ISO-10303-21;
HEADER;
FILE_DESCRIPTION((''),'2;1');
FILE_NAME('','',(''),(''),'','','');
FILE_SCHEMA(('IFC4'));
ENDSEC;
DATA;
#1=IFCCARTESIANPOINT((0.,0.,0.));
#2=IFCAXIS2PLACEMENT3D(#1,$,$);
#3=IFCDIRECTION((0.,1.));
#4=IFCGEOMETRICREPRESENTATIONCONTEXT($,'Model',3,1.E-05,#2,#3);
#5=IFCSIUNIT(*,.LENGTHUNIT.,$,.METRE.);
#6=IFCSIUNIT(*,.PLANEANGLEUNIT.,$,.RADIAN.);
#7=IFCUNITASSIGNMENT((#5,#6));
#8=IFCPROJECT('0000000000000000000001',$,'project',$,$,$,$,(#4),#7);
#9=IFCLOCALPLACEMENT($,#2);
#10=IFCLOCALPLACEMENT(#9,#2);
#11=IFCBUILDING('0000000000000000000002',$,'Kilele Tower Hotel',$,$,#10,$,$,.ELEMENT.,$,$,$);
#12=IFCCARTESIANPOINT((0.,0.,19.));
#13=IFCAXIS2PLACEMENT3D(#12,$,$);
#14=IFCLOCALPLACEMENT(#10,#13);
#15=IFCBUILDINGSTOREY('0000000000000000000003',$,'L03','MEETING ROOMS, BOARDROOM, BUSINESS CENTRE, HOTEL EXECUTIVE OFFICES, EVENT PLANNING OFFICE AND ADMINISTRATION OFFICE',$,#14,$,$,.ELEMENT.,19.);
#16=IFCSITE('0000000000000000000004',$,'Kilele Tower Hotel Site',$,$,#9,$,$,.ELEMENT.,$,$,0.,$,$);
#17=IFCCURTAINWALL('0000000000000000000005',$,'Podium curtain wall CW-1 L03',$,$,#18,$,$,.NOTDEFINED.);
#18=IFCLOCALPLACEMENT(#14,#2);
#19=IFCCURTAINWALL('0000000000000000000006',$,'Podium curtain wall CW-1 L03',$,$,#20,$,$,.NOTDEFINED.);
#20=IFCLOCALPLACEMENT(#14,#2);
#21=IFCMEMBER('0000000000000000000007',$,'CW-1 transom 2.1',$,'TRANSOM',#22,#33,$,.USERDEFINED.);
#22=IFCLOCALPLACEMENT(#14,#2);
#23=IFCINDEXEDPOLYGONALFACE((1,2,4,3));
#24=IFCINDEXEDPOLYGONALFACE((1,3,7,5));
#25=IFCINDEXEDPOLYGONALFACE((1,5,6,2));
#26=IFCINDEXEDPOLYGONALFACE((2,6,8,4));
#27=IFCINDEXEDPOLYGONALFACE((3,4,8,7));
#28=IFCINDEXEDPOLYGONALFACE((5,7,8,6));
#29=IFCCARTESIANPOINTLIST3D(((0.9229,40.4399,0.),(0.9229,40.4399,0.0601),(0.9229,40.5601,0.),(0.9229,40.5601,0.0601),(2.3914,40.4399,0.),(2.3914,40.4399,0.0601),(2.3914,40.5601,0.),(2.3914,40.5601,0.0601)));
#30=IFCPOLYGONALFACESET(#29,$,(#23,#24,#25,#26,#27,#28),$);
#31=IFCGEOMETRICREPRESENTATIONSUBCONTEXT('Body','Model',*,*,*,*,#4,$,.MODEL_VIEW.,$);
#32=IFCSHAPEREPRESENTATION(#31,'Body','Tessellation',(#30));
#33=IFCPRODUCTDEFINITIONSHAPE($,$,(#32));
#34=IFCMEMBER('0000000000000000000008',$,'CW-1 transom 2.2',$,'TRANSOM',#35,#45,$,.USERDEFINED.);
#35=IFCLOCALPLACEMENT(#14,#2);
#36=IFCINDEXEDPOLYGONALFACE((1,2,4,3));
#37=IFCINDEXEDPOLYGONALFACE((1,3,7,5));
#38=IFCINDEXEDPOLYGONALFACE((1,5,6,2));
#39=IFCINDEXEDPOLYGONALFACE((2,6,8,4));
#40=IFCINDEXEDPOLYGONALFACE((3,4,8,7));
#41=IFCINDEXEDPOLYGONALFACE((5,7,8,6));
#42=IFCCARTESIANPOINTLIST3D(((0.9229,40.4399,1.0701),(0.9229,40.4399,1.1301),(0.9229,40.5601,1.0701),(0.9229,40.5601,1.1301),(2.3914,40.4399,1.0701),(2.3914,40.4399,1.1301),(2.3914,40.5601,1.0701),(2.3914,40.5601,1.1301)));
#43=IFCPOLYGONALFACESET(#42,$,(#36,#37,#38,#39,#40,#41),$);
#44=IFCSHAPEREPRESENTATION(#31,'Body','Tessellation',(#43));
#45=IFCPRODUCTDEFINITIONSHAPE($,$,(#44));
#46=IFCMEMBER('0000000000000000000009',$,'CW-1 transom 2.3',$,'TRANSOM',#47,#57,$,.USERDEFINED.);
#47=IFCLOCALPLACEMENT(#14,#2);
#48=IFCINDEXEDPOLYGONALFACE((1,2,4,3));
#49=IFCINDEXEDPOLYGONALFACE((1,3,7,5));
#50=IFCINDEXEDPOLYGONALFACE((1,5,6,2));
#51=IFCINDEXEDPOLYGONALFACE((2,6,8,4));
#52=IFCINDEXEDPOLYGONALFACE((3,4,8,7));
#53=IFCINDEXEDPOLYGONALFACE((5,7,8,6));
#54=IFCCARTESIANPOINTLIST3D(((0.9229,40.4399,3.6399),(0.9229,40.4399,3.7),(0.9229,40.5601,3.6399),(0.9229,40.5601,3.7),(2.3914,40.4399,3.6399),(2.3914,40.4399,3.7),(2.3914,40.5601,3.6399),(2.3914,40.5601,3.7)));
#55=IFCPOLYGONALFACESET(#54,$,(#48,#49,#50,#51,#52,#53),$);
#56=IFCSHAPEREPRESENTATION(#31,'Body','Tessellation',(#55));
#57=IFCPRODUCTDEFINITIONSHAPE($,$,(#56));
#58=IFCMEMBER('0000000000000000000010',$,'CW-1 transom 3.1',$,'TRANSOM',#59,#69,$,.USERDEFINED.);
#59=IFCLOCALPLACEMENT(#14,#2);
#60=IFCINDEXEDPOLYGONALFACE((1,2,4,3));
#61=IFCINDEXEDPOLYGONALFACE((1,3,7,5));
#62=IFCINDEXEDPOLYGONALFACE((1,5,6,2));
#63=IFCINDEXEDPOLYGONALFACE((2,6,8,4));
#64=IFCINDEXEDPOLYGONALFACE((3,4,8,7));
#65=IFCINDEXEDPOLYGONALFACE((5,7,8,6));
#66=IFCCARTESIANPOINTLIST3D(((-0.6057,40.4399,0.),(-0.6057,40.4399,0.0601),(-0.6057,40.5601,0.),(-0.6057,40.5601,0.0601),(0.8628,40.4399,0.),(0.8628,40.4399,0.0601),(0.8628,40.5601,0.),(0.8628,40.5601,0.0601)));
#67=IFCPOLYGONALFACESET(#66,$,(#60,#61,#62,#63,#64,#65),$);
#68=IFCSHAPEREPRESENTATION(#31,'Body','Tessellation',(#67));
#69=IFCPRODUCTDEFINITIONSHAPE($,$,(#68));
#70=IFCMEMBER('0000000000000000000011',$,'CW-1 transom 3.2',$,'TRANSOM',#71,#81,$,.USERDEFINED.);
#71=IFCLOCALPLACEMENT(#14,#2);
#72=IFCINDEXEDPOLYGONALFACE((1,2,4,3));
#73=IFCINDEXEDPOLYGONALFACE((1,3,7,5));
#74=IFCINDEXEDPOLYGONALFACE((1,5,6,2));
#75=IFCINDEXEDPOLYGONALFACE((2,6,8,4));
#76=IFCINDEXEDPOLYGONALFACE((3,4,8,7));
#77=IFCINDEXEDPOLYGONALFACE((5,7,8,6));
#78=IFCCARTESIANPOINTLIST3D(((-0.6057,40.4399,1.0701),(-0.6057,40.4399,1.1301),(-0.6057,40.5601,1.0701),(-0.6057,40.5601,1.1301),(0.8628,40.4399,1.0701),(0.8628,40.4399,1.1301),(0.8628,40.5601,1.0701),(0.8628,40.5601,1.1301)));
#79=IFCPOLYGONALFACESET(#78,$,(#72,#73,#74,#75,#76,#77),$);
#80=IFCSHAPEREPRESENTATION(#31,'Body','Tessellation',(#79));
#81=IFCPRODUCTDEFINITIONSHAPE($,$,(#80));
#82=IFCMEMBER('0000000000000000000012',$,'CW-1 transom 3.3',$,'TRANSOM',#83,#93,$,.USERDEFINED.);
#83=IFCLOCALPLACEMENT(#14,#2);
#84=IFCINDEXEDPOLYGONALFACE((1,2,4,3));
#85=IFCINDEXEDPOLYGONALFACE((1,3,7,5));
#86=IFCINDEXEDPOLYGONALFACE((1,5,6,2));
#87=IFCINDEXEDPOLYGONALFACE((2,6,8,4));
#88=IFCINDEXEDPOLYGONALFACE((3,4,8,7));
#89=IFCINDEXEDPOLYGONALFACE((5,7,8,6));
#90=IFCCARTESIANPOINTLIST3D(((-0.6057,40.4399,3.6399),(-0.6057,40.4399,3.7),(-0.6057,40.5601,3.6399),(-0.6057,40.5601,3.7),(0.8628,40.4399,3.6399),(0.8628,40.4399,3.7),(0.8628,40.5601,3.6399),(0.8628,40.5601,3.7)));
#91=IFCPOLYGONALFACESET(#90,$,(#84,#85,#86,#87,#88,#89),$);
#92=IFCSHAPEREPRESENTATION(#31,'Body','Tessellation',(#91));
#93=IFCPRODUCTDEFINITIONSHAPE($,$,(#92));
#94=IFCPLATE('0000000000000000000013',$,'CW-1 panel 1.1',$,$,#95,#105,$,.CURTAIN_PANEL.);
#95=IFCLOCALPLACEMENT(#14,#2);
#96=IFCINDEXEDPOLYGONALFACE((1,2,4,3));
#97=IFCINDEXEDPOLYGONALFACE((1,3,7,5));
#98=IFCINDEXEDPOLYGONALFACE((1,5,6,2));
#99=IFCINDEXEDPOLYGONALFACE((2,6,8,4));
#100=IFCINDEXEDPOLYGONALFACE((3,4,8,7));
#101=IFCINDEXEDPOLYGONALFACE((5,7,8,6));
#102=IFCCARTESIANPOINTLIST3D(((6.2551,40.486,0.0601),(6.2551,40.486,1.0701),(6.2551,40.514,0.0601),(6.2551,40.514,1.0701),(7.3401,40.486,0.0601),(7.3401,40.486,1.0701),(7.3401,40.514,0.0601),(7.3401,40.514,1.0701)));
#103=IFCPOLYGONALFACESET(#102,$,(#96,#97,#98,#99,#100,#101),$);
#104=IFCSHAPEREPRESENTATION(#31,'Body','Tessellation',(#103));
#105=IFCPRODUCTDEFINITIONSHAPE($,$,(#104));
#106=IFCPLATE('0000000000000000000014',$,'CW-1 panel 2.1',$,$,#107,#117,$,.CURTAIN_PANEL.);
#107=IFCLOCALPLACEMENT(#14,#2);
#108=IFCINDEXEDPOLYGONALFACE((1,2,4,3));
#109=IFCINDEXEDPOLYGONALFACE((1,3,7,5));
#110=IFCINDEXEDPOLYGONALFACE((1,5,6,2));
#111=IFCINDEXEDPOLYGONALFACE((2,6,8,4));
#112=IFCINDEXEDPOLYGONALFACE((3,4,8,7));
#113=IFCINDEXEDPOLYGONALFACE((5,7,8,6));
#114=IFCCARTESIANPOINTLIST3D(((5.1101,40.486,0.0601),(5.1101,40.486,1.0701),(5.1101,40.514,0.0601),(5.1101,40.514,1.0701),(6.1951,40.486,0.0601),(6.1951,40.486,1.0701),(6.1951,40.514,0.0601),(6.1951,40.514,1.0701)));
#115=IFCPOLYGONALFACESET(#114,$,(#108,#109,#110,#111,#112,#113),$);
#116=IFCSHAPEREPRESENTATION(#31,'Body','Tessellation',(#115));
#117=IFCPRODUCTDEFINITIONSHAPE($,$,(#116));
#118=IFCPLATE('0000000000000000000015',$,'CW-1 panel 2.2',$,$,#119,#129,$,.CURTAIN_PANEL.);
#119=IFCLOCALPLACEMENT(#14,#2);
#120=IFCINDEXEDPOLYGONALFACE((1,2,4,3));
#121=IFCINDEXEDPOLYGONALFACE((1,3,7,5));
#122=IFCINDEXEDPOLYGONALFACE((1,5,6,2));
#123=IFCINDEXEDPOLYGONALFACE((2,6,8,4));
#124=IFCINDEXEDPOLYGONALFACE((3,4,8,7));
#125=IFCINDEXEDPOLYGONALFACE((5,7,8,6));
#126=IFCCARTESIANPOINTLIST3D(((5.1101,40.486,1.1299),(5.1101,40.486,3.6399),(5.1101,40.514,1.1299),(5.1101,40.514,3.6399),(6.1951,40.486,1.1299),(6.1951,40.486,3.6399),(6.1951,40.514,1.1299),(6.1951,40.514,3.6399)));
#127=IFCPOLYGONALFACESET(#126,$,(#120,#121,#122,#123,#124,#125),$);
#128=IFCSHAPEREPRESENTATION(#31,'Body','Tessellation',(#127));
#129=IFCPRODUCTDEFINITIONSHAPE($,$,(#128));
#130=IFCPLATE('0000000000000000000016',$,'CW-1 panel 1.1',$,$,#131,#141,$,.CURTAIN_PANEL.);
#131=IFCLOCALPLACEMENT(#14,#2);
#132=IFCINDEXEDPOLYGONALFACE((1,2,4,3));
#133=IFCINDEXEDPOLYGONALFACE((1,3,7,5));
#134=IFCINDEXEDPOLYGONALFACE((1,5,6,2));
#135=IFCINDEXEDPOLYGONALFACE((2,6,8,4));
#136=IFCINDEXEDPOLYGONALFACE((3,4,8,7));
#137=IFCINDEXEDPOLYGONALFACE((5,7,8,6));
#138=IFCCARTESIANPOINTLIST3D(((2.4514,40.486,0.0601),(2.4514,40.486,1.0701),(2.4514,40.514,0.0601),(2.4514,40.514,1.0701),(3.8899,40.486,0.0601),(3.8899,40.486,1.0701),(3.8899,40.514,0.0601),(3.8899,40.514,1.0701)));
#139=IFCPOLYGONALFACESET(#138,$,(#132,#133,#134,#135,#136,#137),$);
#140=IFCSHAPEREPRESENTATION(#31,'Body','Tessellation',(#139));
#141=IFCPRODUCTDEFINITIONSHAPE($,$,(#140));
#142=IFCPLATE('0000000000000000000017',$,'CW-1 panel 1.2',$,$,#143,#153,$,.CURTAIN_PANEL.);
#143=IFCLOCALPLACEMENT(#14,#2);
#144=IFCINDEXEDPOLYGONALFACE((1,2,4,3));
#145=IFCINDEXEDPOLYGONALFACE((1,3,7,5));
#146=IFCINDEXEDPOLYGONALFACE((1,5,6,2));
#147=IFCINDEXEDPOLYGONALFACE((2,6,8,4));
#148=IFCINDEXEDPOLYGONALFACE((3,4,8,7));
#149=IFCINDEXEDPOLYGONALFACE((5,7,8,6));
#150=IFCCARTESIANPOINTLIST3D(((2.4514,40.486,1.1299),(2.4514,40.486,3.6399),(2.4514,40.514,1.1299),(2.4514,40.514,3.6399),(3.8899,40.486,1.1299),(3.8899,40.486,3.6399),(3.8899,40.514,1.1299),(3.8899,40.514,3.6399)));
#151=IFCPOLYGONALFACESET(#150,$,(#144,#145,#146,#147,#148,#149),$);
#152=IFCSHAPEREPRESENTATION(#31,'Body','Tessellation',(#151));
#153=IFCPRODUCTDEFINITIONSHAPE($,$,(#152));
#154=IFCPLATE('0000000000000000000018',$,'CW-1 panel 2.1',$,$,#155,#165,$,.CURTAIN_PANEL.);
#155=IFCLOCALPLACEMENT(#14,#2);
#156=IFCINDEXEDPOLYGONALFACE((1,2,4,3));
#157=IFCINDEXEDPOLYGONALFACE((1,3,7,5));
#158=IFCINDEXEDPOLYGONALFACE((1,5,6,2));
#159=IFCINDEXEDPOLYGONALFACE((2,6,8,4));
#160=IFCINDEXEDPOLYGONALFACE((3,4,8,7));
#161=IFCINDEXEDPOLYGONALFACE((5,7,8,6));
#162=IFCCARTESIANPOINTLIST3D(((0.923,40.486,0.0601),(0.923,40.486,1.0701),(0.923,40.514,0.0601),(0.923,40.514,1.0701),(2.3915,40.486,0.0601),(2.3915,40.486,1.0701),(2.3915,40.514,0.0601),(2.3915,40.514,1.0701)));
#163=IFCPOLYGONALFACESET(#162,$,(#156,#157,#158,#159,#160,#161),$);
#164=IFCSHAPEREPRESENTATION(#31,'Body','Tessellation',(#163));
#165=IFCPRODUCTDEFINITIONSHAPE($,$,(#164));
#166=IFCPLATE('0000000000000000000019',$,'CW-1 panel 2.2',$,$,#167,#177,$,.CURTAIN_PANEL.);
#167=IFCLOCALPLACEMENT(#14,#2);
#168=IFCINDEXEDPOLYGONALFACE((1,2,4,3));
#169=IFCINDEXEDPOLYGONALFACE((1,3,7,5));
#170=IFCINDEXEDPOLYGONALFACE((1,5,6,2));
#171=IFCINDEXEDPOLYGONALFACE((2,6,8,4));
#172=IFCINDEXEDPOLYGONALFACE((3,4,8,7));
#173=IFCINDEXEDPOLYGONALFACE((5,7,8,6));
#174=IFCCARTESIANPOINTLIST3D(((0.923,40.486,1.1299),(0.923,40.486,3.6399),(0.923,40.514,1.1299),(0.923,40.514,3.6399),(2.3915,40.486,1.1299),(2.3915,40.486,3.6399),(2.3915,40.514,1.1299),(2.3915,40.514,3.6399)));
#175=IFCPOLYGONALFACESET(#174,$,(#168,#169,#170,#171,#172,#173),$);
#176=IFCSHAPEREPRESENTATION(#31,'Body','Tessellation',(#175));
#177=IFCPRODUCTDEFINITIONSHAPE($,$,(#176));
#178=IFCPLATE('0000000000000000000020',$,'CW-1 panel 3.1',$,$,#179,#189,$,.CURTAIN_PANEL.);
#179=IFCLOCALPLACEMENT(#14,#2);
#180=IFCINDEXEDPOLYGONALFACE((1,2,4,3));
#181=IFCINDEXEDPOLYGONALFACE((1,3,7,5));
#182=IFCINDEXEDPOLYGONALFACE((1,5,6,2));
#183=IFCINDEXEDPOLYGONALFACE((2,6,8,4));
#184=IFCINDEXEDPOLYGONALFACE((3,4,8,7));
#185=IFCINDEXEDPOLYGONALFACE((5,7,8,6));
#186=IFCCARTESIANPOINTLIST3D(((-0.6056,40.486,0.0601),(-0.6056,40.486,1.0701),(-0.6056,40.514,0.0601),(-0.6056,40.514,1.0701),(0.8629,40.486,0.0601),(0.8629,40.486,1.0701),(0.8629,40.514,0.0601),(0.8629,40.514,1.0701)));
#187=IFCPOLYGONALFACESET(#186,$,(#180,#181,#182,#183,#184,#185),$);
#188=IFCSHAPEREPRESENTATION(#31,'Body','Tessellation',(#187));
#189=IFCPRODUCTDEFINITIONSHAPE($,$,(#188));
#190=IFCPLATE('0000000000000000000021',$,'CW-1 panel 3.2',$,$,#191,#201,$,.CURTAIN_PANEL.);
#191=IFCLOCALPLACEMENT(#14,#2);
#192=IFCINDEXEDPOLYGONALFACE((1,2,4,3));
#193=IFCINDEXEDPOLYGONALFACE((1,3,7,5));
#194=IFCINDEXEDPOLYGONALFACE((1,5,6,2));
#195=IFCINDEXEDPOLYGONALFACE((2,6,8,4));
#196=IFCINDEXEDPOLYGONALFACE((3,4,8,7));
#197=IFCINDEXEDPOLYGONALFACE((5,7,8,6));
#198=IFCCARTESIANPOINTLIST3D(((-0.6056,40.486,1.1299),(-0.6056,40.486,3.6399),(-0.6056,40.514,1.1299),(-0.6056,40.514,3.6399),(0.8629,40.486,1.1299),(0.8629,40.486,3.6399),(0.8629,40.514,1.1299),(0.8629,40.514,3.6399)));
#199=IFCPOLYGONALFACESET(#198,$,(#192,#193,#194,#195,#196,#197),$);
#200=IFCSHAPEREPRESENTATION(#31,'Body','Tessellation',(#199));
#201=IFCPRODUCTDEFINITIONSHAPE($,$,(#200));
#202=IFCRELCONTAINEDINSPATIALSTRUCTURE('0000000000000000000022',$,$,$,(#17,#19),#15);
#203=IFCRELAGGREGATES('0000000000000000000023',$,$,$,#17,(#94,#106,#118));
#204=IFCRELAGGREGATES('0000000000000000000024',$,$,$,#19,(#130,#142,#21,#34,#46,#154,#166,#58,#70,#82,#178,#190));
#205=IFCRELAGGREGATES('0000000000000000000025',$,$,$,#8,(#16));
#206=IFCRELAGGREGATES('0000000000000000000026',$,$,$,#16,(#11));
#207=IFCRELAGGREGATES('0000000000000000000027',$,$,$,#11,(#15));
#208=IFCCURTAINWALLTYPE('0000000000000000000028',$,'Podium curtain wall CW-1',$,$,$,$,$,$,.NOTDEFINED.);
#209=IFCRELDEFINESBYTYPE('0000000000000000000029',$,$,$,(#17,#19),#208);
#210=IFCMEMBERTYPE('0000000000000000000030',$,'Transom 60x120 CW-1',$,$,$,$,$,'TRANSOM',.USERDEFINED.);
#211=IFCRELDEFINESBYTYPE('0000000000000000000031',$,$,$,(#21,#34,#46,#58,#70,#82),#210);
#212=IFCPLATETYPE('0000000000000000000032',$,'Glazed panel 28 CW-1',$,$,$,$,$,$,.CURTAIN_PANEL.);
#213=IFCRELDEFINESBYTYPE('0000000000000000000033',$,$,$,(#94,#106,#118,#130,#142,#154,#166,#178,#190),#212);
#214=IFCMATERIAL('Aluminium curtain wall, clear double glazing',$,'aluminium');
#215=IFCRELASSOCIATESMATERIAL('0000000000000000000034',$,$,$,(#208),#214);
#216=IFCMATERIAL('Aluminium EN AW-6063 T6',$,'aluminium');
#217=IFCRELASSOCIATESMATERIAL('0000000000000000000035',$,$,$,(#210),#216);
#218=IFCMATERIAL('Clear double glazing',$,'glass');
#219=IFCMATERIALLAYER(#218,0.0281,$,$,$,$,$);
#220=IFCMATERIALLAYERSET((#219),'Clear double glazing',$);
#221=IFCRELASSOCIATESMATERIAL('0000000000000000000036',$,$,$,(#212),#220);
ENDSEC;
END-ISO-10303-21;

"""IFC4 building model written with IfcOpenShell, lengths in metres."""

from ifc_helpers import new_model, si_unit, direction, frame, origin, origin_2d, place, context, subcontext, project, spatial, rectangle, extrude, material, layer, layer_set, material_profile, profile_set, type_object, element, aggregate, save


model = new_model("IFC4")

# Units and contexts
model_context = context("Model", 3, precision=1e-05, world=origin(), true_north=direction((0.0, 1.0)))
body_context = subcontext(model_context, "Body", "Model", "MODEL_VIEW")
ifc_project = project(units=[si_unit("LENGTHUNIT", "METRE"), si_unit("PLANEANGLEUNIT", "RADIAN")], contexts=[model_context])

# Site, building, storey
site_placement = place(None, origin())
site = spatial("IfcSite", under=ifc_project, at=site_placement, Name="Kilele Tower Hotel Site", CompositionType="ELEMENT", RefElevation=0.0)
building_placement = place(site_placement, origin())
building = spatial("IfcBuilding", under=site, at=building_placement, Name="Kilele Tower Hotel", CompositionType="ELEMENT")
storey_placement = place(building_placement, frame((0.0, 0.0, 19.0)))
storey = spatial("IfcBuildingStorey", under=building, at=storey_placement, Name="L03", Description="MEETING ROOMS, BOARDROOM, BUSINESS CENTRE, HOTEL EXECUTIVE OFFICES, EVENT PLANNING OFFICE AND ADMINISTRATION OFFICE", CompositionType="ELEMENT", Elevation=19.0)

# Curtain walls
ifc_material_1 = material(Name="Aluminium curtain wall, clear double glazing", Category="aluminium")
curtain_wall_type = type_object("IfcCurtainWallType", Name="Podium curtain wall CW-1", PredefinedType="NOTDEFINED", material=ifc_material_1)
curtain_wall_1_placement = place(storey_placement, origin())
curtain_wall_1 = element("IfcCurtainWall", 1, at=curtain_wall_1_placement, inside=storey, type_object=curtain_wall_type, Name="Podium curtain wall CW-1 L03", PredefinedType="NOTDEFINED")
curtain_wall_2_placement = place(storey_placement, origin())
curtain_wall_2 = element("IfcCurtainWall", 2, at=curtain_wall_2_placement, inside=storey, type_object=curtain_wall_type, Name="Podium curtain wall CW-1 L03", PredefinedType="NOTDEFINED")

# Members
ifc_material_2 = material(Name="Aluminium EN AW-6063 T6", Category="aluminium")
ifc_material_profile_1 = material_profile(ifc_material_2, rectangle(XDim=0.1201, YDim=0.0601, at=origin_2d()))
ifc_profile_set_1 = profile_set([ifc_material_profile_1], Name="Aluminium EN AW-6063 T6")
member_type_1 = type_object("IfcMemberType", Name="Transom 60x120 CW-1", ElementType="TRANSOM", PredefinedType="USERDEFINED", material=ifc_profile_set_1)
member_1_placement = place(storey_placement, frame((2.3914, 40.5, 0.03), z_axis=(-1.0, 0.0, 0.0), x_axis=(0.0, -1.0, 0.0)))
member_1 = element("IfcMember", 3, at=member_1_placement, type_object=member_type_1, Name="CW-1 transom 2.1", ObjectType="TRANSOM", PredefinedType="USERDEFINED", context=body_context, shape_type="SweptSolid", body=[
    extrude(rectangle(XDim=0.1201, YDim=0.0601, at=origin_2d()), origin(), (0.0, 0.0, 1.0), 1.4685),
])
member_2_placement = place(storey_placement, frame((2.3914, 40.5, 1.1001), z_axis=(-1.0, 0.0, 0.0), x_axis=(0.0, -1.0, 0.0)))
member_2 = element("IfcMember", 4, at=member_2_placement, type_object=member_type_1, Name="CW-1 transom 2.2", ObjectType="TRANSOM", PredefinedType="USERDEFINED", context=body_context, shape_type="SweptSolid", body=[
    extrude(rectangle(XDim=0.1201, YDim=0.0601, at=origin_2d()), origin(), (0.0, 0.0, 1.0), 1.4685),
])
member_3_placement = place(storey_placement, frame((2.3914, 40.5, 3.6699), z_axis=(-1.0, 0.0, 0.0), x_axis=(0.0, -1.0, 0.0)))
member_3 = element("IfcMember", 5, at=member_3_placement, type_object=member_type_1, Name="CW-1 transom 2.3", ObjectType="TRANSOM", PredefinedType="USERDEFINED", context=body_context, shape_type="SweptSolid", body=[
    extrude(rectangle(XDim=0.1201, YDim=0.0601, at=origin_2d()), origin(), (0.0, 0.0, 1.0), 1.4685),
])
member_4_placement = place(storey_placement, frame((0.8628, 40.5, 0.03), z_axis=(-1.0, 0.0, 0.0), x_axis=(0.0, -1.0, 0.0)))
member_4 = element("IfcMember", 6, at=member_4_placement, type_object=member_type_1, Name="CW-1 transom 3.1", ObjectType="TRANSOM", PredefinedType="USERDEFINED", context=body_context, shape_type="SweptSolid", body=[
    extrude(rectangle(XDim=0.1201, YDim=0.0601, at=origin_2d()), origin(), (0.0, 0.0, 1.0), 1.4685),
])
member_5_placement = place(storey_placement, frame((0.8628, 40.5, 1.1001), z_axis=(-1.0, 0.0, 0.0), x_axis=(0.0, -1.0, 0.0)))
member_5 = element("IfcMember", 7, at=member_5_placement, type_object=member_type_1, Name="CW-1 transom 3.2", ObjectType="TRANSOM", PredefinedType="USERDEFINED", context=body_context, shape_type="SweptSolid", body=[
    extrude(rectangle(XDim=0.1201, YDim=0.0601, at=origin_2d()), origin(), (0.0, 0.0, 1.0), 1.4685),
])
member_6_placement = place(storey_placement, frame((0.8628, 40.5, 3.6699), z_axis=(-1.0, 0.0, 0.0), x_axis=(0.0, -1.0, 0.0)))
member_6 = element("IfcMember", 8, at=member_6_placement, type_object=member_type_1, Name="CW-1 transom 3.3", ObjectType="TRANSOM", PredefinedType="USERDEFINED", context=body_context, shape_type="SweptSolid", body=[
    extrude(rectangle(XDim=0.1201, YDim=0.0601, at=origin_2d()), origin(), (0.0, 0.0, 1.0), 1.4685),
])

# Plates
ifc_material_3 = material(Name="Clear double glazing", Category="glass")
ifc_layer = layer(ifc_material_3, 0.0281)
ifc_layer_set = layer_set([ifc_layer], Name="Clear double glazing")
plate_type = type_object("IfcPlateType", Name="Glazed panel 28 CW-1", PredefinedType="CURTAIN_PANEL", material=ifc_layer_set)
plate_1_placement = place(storey_placement, frame((6.7976, 40.5, 0.0601), z_axis=(0.0, 0.0, 1.0), x_axis=(-1.0, 0.0, 0.0)))
plate_1 = element("IfcPlate", 9, at=plate_1_placement, type_object=plate_type, Name="CW-1 panel 1.1", PredefinedType="CURTAIN_PANEL", context=body_context, shape_type="SweptSolid", body=[
    extrude(rectangle(XDim=1.085, YDim=0.0281, at=origin_2d()), origin(), (0.0, 0.0, 1.0), 1.01),
])
plate_2_placement = place(storey_placement, frame((5.6526, 40.5, 0.0601), z_axis=(0.0, 0.0, 1.0), x_axis=(-1.0, 0.0, 0.0)))
plate_2 = element("IfcPlate", 10, at=plate_2_placement, type_object=plate_type, Name="CW-1 panel 2.1", PredefinedType="CURTAIN_PANEL", context=body_context, shape_type="SweptSolid", body=[
    extrude(rectangle(XDim=1.085, YDim=0.0281, at=origin_2d()), origin(), (0.0, 0.0, 1.0), 1.01),
])
plate_3_placement = place(storey_placement, frame((5.6526, 40.5, 1.1299), z_axis=(0.0, 0.0, 1.0), x_axis=(-1.0, 0.0, 0.0)))
plate_3 = element("IfcPlate", 11, at=plate_3_placement, type_object=plate_type, Name="CW-1 panel 2.2", PredefinedType="CURTAIN_PANEL", context=body_context, shape_type="SweptSolid", body=[
    extrude(rectangle(XDim=1.085, YDim=0.0281, at=origin_2d()), origin(), (0.0, 0.0, 1.0), 2.51),
])
aggregate(curtain_wall_1, [plate_1, plate_2, plate_3])
plate_4_placement = place(storey_placement, frame((3.1707, 40.5, 0.0601), z_axis=(0.0, 0.0, 1.0), x_axis=(-1.0, 0.0, 0.0)))
plate_4 = element("IfcPlate", 12, at=plate_4_placement, type_object=plate_type, Name="CW-1 panel 1.1", PredefinedType="CURTAIN_PANEL", context=body_context, shape_type="SweptSolid", body=[
    extrude(rectangle(XDim=1.4385, YDim=0.0281, at=origin_2d()), origin(), (0.0, 0.0, 1.0), 1.01),
])
plate_5_placement = place(storey_placement, frame((3.1707, 40.5, 1.1299), z_axis=(0.0, 0.0, 1.0), x_axis=(-1.0, 0.0, 0.0)))
plate_5 = element("IfcPlate", 13, at=plate_5_placement, type_object=plate_type, Name="CW-1 panel 1.2", PredefinedType="CURTAIN_PANEL", context=body_context, shape_type="SweptSolid", body=[
    extrude(rectangle(XDim=1.4385, YDim=0.0281, at=origin_2d()), origin(), (0.0, 0.0, 1.0), 2.51),
])
plate_6_placement = place(storey_placement, frame((1.6572, 40.5, 0.0601), z_axis=(0.0, 0.0, 1.0), x_axis=(-1.0, 0.0, 0.0)))
plate_6 = element("IfcPlate", 14, at=plate_6_placement, type_object=plate_type, Name="CW-1 panel 2.1", PredefinedType="CURTAIN_PANEL", context=body_context, shape_type="SweptSolid", body=[
    extrude(rectangle(XDim=1.4685, YDim=0.0281, at=origin_2d()), origin(), (0.0, 0.0, 1.0), 1.01),
])
plate_7_placement = place(storey_placement, frame((1.6572, 40.5, 1.1299), z_axis=(0.0, 0.0, 1.0), x_axis=(-1.0, 0.0, 0.0)))
plate_7 = element("IfcPlate", 15, at=plate_7_placement, type_object=plate_type, Name="CW-1 panel 2.2", PredefinedType="CURTAIN_PANEL", context=body_context, shape_type="SweptSolid", body=[
    extrude(rectangle(XDim=1.4685, YDim=0.0281, at=origin_2d()), origin(), (0.0, 0.0, 1.0), 2.51),
])
plate_8_placement = place(storey_placement, frame((0.1287, 40.5, 0.0601), z_axis=(0.0, 0.0, 1.0), x_axis=(-1.0, 0.0, 0.0)))
plate_8 = element("IfcPlate", 16, at=plate_8_placement, type_object=plate_type, Name="CW-1 panel 3.1", PredefinedType="CURTAIN_PANEL", context=body_context, shape_type="SweptSolid", body=[
    extrude(rectangle(XDim=1.4685, YDim=0.0281, at=origin_2d()), origin(), (0.0, 0.0, 1.0), 1.01),
])
plate_9_placement = place(storey_placement, frame((0.1287, 40.5, 1.1299), z_axis=(0.0, 0.0, 1.0), x_axis=(-1.0, 0.0, 0.0)))
plate_9 = element("IfcPlate", 17, at=plate_9_placement, type_object=plate_type, Name="CW-1 panel 3.2", PredefinedType="CURTAIN_PANEL", context=body_context, shape_type="SweptSolid", body=[
    extrude(rectangle(XDim=1.4685, YDim=0.0281, at=origin_2d()), origin(), (0.0, 0.0, 1.0), 2.51),
])
aggregate(curtain_wall_2, [plate_4, plate_5, member_1, member_2, member_3, plate_6, plate_7, member_4, member_5, member_6, plate_8, plate_9])

save(model, "model.ifc")
